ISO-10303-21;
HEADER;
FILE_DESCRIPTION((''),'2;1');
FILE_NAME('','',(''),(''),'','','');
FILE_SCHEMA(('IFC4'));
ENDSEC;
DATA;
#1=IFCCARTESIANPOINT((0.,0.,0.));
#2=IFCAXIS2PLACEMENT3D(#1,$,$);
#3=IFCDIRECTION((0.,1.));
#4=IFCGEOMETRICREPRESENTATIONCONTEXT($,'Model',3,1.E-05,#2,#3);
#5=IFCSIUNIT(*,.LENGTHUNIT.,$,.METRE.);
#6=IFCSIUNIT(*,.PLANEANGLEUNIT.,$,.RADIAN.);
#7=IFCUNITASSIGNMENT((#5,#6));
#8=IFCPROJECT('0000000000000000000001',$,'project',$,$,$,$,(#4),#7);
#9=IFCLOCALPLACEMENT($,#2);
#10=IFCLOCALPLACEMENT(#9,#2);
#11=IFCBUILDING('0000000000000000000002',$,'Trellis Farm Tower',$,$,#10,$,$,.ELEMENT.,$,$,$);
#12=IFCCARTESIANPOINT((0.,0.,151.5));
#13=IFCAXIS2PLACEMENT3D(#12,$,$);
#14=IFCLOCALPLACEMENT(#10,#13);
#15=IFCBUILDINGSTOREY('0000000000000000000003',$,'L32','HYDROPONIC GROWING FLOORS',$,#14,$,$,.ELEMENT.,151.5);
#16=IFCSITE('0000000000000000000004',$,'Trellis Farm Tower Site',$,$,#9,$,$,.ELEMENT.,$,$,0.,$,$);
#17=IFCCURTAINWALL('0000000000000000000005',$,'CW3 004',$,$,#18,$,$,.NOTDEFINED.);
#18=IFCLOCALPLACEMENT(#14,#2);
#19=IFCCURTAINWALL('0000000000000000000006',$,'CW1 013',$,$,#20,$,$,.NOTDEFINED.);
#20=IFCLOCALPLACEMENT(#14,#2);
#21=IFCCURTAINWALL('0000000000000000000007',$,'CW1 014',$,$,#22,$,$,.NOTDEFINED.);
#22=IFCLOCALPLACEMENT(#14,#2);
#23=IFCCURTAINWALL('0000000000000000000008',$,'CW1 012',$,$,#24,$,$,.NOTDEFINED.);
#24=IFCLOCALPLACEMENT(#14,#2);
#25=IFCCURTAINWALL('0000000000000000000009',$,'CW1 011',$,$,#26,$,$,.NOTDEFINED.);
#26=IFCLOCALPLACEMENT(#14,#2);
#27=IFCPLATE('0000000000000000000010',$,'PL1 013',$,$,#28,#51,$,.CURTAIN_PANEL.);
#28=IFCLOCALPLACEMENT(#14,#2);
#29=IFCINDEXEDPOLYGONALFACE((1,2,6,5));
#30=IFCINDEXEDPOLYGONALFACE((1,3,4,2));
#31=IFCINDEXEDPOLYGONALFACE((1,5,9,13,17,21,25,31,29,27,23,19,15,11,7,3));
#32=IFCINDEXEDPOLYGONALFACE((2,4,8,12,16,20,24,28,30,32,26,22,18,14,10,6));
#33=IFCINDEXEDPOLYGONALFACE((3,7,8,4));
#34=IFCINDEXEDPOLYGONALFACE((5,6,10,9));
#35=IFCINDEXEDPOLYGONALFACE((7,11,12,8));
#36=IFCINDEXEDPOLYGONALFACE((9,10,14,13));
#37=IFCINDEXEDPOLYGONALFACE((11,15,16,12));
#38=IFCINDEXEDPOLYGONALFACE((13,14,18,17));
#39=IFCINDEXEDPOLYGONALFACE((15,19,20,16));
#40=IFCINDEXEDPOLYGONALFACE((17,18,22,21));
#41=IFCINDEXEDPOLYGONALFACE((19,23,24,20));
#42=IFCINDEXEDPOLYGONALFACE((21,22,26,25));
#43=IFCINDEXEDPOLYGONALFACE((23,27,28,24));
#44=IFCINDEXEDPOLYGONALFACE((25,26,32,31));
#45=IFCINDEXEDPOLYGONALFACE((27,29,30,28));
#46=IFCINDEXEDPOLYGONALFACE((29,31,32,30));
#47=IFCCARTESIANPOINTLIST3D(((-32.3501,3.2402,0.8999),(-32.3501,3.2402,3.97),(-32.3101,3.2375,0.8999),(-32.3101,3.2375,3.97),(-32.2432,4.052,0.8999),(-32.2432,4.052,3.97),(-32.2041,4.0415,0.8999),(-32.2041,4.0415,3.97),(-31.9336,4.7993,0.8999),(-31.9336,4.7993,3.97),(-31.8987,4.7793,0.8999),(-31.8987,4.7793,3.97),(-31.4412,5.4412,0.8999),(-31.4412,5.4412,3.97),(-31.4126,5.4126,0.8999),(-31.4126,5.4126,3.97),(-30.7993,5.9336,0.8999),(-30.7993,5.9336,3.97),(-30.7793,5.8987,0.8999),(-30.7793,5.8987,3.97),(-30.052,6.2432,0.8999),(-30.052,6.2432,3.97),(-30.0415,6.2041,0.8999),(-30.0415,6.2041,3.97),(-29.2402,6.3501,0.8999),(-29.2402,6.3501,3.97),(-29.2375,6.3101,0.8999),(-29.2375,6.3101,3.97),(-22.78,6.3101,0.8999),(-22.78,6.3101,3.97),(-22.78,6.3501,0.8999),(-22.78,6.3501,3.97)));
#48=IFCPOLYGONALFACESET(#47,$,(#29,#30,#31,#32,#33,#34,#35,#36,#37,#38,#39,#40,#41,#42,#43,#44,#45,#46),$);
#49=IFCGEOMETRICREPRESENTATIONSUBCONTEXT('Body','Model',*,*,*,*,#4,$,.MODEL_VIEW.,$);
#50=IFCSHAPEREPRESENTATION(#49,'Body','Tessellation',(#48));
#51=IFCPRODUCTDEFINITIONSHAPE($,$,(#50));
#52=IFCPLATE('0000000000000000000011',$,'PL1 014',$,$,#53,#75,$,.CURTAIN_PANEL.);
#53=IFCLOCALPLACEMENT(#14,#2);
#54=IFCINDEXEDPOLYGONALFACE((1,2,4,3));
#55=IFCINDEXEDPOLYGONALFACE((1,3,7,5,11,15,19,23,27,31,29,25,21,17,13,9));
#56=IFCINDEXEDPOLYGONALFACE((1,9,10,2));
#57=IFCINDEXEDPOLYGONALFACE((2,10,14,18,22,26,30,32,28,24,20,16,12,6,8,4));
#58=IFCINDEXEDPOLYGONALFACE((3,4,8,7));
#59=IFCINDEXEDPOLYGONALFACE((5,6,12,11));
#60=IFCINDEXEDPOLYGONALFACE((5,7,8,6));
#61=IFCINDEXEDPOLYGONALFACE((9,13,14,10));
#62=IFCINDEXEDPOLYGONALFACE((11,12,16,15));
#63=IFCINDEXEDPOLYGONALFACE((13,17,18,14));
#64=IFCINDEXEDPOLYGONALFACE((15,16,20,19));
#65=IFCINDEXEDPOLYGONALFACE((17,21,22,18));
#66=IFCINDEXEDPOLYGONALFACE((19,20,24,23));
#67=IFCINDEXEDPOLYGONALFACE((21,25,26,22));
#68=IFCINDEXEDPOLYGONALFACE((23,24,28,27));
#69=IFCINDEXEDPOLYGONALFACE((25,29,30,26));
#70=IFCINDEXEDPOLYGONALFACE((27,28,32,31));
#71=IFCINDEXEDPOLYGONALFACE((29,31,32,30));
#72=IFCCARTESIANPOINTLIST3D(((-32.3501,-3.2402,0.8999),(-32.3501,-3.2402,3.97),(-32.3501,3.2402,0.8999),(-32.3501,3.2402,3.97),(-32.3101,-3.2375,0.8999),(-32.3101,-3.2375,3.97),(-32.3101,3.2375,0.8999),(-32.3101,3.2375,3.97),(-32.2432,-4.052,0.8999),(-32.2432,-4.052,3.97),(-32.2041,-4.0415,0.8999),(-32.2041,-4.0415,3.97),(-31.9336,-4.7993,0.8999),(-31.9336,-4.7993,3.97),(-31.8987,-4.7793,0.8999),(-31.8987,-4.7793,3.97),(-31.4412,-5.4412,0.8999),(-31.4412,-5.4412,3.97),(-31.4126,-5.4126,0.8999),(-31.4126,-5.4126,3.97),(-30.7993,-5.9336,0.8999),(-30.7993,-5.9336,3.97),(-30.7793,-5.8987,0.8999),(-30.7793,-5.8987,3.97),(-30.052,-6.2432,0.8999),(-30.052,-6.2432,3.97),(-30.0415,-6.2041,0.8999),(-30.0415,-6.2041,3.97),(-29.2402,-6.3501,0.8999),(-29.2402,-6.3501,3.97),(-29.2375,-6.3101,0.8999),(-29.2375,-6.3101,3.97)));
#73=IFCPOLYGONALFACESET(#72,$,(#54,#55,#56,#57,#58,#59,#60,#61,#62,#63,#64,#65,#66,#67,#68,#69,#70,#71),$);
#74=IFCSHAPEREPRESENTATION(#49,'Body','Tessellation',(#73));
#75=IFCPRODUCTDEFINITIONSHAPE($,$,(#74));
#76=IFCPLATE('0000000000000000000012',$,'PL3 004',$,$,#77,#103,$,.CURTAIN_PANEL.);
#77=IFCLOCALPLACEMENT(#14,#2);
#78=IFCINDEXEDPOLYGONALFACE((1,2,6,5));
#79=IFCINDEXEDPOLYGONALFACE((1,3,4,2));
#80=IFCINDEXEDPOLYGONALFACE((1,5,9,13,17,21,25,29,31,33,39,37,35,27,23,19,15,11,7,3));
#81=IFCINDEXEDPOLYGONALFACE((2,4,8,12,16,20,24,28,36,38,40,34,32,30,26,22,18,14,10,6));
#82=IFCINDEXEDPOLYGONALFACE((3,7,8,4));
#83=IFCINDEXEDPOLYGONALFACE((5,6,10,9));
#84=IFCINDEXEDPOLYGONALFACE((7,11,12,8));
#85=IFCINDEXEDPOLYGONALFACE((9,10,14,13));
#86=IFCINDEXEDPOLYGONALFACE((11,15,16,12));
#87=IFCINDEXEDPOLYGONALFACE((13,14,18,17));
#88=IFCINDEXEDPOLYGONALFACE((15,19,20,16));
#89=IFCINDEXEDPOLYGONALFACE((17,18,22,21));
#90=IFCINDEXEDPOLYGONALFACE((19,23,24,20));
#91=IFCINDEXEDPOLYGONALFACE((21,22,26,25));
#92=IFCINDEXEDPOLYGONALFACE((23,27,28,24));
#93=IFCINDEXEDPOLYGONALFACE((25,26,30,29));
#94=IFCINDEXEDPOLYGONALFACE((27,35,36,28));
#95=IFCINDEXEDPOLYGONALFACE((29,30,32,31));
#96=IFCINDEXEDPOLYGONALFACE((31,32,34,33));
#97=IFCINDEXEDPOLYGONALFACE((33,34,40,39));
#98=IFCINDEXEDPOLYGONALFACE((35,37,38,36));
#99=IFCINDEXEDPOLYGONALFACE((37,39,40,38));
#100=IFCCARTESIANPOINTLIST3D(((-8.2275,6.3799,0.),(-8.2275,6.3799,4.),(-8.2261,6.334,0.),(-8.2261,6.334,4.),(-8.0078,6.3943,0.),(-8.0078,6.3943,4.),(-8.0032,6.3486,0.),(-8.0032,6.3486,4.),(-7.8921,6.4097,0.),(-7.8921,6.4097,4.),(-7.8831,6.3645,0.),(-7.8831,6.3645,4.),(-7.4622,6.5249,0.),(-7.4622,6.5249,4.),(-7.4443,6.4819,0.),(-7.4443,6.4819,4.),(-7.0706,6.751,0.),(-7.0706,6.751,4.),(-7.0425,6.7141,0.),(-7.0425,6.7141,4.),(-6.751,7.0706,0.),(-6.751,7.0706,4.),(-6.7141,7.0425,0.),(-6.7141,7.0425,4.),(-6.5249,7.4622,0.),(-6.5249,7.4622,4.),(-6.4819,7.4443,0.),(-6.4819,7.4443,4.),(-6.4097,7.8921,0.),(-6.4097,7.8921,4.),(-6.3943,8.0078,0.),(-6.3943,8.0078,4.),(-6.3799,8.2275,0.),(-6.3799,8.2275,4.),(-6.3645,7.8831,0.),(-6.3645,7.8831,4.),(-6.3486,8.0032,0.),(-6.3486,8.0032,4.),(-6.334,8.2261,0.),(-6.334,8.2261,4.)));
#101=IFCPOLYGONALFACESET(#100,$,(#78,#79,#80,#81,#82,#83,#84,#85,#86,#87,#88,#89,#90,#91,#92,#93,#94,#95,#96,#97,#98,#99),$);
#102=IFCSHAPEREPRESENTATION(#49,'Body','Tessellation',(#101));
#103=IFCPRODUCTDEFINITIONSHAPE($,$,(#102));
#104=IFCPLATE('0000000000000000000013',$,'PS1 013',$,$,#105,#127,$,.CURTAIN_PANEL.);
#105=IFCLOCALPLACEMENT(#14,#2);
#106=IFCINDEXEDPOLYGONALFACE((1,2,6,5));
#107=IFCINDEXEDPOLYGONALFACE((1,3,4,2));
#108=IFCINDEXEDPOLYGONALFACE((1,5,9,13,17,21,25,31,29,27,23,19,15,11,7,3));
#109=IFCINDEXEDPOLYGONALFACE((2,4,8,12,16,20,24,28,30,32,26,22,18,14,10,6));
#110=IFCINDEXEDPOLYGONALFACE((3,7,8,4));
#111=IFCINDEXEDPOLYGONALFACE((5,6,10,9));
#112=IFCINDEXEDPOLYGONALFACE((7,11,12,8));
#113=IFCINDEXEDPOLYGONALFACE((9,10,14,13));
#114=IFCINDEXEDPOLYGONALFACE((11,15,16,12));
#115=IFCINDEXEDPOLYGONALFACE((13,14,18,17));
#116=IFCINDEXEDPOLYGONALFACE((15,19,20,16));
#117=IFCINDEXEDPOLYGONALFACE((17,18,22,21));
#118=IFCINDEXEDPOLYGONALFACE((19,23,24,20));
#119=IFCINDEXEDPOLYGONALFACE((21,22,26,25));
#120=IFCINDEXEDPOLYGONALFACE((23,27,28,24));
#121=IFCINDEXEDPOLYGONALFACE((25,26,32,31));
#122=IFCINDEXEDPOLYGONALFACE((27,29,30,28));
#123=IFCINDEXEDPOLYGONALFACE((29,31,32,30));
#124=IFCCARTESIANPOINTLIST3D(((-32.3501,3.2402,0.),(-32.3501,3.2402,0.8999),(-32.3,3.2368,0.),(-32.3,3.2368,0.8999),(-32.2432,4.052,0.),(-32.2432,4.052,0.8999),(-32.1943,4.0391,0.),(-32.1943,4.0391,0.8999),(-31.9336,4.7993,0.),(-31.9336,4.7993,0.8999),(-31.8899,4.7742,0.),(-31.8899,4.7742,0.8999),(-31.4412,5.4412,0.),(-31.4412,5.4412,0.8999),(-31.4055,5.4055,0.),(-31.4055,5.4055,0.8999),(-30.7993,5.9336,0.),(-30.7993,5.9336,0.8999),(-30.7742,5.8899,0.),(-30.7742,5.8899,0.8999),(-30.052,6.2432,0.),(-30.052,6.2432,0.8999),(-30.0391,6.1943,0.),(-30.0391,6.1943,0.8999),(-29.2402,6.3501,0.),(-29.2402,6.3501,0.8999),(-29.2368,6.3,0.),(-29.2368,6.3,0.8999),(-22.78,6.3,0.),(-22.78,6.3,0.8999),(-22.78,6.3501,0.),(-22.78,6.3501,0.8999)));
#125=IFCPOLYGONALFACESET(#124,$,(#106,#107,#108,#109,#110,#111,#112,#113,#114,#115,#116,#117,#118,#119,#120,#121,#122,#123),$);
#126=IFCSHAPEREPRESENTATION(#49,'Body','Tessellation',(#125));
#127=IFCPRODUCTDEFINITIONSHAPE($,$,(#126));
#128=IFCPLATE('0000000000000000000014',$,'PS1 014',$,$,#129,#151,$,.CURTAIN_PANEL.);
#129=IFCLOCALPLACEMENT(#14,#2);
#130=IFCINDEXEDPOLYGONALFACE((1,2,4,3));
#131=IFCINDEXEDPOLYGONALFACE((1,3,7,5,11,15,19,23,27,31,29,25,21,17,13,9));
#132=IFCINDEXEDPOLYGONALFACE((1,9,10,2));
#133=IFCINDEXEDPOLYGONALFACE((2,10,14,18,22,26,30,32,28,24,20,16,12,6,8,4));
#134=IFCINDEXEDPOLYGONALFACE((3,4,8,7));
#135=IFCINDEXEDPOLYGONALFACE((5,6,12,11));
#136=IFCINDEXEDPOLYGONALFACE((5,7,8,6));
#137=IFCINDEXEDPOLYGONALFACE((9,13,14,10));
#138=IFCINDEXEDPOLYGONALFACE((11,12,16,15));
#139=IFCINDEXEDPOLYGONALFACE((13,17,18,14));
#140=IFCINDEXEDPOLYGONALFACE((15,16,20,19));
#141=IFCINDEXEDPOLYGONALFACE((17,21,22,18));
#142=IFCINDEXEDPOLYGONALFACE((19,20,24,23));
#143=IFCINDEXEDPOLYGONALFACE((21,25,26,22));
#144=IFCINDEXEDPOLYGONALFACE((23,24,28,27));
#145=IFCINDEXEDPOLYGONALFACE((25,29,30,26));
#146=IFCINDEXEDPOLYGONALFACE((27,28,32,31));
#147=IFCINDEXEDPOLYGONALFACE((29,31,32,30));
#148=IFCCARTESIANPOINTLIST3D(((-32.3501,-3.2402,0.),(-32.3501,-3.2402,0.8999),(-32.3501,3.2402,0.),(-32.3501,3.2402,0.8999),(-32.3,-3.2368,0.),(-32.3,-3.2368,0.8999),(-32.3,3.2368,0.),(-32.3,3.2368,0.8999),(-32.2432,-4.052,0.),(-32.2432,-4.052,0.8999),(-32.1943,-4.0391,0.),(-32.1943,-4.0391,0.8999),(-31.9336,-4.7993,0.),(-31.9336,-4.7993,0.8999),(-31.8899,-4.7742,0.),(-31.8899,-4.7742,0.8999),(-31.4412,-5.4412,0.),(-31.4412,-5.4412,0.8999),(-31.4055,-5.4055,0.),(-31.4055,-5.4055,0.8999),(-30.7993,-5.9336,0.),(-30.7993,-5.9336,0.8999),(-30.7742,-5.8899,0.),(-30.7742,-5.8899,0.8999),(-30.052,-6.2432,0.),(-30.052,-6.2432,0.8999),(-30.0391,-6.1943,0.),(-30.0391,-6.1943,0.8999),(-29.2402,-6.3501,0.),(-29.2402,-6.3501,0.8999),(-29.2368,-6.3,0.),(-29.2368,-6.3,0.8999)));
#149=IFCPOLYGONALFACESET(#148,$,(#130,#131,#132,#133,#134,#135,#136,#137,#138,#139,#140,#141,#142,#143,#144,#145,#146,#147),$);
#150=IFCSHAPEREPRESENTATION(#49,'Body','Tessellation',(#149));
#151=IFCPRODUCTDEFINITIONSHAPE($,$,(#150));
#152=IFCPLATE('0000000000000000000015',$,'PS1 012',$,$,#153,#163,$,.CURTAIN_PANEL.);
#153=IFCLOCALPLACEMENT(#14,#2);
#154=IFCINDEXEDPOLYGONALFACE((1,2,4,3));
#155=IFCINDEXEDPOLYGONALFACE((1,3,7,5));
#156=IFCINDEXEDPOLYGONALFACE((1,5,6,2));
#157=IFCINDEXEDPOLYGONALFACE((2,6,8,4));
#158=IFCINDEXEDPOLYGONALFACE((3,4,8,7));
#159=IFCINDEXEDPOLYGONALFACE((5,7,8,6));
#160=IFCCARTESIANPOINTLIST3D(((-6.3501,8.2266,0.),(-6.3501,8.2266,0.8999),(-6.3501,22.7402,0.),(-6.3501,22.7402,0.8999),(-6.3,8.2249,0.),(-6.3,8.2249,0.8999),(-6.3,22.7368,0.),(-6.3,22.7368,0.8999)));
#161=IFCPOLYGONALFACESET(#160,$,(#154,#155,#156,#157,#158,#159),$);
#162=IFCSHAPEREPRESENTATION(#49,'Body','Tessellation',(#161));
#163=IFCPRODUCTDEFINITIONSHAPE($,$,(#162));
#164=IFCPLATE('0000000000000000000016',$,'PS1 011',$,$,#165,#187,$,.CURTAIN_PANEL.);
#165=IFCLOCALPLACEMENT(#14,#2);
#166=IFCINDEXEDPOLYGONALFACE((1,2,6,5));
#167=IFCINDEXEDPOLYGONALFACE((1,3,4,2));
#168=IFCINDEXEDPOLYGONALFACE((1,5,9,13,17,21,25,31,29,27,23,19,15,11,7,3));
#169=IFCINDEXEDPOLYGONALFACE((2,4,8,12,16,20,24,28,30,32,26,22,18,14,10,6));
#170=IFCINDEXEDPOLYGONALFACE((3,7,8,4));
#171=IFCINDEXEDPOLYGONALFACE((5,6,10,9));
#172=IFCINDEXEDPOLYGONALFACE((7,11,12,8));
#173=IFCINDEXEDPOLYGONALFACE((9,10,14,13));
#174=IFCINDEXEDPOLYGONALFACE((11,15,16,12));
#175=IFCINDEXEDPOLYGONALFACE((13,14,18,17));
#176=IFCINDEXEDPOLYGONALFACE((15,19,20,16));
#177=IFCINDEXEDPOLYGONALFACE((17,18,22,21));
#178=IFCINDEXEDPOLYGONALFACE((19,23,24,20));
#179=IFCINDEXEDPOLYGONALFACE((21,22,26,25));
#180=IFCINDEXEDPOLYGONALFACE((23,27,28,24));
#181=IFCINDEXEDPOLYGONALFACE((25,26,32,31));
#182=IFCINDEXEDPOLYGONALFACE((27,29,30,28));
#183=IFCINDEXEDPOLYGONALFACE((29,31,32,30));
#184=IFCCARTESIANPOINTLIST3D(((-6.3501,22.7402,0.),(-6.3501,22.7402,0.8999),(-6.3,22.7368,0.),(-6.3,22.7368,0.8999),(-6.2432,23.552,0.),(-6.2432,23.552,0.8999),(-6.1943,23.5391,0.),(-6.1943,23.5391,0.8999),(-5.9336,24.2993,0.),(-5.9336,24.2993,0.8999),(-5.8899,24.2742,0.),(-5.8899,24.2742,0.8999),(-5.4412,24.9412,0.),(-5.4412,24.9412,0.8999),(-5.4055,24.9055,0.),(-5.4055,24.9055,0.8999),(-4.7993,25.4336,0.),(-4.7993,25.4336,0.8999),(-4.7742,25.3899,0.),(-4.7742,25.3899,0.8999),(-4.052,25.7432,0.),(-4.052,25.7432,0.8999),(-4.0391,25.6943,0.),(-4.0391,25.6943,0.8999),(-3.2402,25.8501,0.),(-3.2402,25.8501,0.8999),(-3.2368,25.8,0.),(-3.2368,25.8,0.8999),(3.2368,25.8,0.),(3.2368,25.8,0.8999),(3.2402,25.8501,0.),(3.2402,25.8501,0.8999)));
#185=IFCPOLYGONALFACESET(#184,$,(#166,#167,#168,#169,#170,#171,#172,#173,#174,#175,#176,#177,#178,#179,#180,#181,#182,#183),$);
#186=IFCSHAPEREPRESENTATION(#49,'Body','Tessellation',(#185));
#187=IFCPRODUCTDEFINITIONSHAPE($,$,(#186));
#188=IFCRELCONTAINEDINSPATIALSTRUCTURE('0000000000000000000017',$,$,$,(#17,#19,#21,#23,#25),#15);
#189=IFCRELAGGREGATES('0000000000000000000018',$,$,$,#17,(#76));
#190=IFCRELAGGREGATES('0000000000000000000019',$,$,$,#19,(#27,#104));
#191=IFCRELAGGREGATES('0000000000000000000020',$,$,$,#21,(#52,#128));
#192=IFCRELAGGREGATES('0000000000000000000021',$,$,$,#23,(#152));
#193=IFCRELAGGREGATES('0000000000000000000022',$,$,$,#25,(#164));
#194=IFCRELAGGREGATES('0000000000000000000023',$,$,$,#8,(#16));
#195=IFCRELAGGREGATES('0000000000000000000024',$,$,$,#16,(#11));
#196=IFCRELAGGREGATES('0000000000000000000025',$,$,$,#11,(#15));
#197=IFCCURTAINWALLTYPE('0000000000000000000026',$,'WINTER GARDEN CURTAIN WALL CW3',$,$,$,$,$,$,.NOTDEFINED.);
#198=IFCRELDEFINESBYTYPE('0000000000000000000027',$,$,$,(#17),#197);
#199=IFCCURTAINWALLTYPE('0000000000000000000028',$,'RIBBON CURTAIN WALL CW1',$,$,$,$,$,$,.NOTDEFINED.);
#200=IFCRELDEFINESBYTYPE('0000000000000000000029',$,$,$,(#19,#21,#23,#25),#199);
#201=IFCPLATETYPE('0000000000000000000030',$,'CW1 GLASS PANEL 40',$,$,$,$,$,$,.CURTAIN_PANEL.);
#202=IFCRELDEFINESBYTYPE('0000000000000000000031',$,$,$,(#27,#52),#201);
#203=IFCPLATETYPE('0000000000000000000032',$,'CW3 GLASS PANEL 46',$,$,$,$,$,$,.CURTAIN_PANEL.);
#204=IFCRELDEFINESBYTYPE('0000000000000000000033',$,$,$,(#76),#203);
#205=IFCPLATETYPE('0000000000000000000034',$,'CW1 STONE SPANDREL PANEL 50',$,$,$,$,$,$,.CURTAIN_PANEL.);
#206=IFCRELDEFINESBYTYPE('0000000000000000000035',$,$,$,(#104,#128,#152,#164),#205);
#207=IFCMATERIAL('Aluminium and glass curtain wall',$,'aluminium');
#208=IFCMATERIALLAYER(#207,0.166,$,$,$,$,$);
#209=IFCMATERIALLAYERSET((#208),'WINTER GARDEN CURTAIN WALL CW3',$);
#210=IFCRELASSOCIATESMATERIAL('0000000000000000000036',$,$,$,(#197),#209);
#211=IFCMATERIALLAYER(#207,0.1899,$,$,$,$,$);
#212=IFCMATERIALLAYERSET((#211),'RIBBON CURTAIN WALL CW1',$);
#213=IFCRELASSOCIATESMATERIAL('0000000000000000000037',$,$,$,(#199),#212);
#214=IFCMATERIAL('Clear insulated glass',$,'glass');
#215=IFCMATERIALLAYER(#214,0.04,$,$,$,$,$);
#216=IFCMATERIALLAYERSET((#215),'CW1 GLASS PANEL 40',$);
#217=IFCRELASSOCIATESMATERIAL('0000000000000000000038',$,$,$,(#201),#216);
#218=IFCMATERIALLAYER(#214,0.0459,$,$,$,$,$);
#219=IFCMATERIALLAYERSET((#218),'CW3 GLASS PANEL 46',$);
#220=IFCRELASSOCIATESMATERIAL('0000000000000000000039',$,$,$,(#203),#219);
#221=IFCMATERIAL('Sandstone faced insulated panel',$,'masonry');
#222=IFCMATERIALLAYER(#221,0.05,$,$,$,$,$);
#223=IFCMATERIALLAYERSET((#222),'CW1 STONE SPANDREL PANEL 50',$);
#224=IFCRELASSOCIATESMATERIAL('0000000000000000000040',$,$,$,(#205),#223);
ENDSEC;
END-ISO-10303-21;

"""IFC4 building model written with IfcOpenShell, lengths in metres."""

from ifc_helpers import new_model, si_unit, direction, frame, origin, place, context, subcontext, project, spatial, polyline, outline, extrude, source, transform, mapped, material, layer, layer_set, type_object, element, aggregate, save


model = new_model("IFC4")

# Units and contexts
model_context = context("Model", 3, precision=1e-05, world=origin(), true_north=direction((0.0, 1.0)))
body_context = subcontext(model_context, "Body", "Model", "MODEL_VIEW")
ifc_project = project(units=[si_unit("LENGTHUNIT", "METRE"), si_unit("PLANEANGLEUNIT", "RADIAN")], contexts=[model_context])

# Site, building, storey
site_placement = place(None, origin())
site = spatial("IfcSite", under=ifc_project, at=site_placement, Name="Trellis Farm Tower Site", CompositionType="ELEMENT", RefElevation=0.0)
building_placement = place(site_placement, origin())
building = spatial("IfcBuilding", under=site, at=building_placement, Name="Trellis Farm Tower", CompositionType="ELEMENT")
storey_placement = place(building_placement, frame((0.0, 0.0, 151.5)))
storey = spatial("IfcBuildingStorey", under=building, at=storey_placement, Name="L32", Description="HYDROPONIC GROWING FLOORS", CompositionType="ELEMENT", Elevation=151.5)

# Curtain walls
ifc_material_1 = material(Name="Aluminium and glass curtain wall", Category="aluminium")
ifc_layer_1 = layer(ifc_material_1, 0.166)
ifc_layer_set_1 = layer_set([ifc_layer_1], Name="WINTER GARDEN CURTAIN WALL CW3")
curtain_wall_type_1 = type_object("IfcCurtainWallType", Name="WINTER GARDEN CURTAIN WALL CW3", PredefinedType="NOTDEFINED", material=ifc_layer_set_1)
placement_1 = place(storey_placement, origin())
curtain_wall_1 = element("IfcCurtainWall", 1, at=placement_1, inside=storey, type_object=curtain_wall_type_1, Name="CW3 004", PredefinedType="NOTDEFINED")
ifc_layer_2 = layer(ifc_material_1, 0.1899)
ifc_layer_set_2 = layer_set([ifc_layer_2], Name="RIBBON CURTAIN WALL CW1")
curtain_wall_type_2 = type_object("IfcCurtainWallType", Name="RIBBON CURTAIN WALL CW1", PredefinedType="NOTDEFINED", material=ifc_layer_set_2)
curtain_wall_2 = element("IfcCurtainWall", 2, at=placement_1, inside=storey, type_object=curtain_wall_type_2, Name="CW1 013", PredefinedType="NOTDEFINED")
curtain_wall_3 = element("IfcCurtainWall", 3, at=placement_1, inside=storey, type_object=curtain_wall_type_2, Name="CW1 014", PredefinedType="NOTDEFINED")
curtain_wall_4 = element("IfcCurtainWall", 4, at=placement_1, inside=storey, type_object=curtain_wall_type_2, Name="CW1 012", PredefinedType="NOTDEFINED")

# Curtain wall
curtain_wall_5 = element("IfcCurtainWall", 5, at=placement_1, inside=storey, type_object=curtain_wall_type_2, Name="CW1 011", PredefinedType="NOTDEFINED")
ifc_material_2 = material(Name="Clear insulated glass", Category="glass")
ifc_layer_3 = layer(ifc_material_2, 0.04)
ifc_layer_set_3 = layer_set([ifc_layer_3], Name="CW1 GLASS PANEL 40")
plate_type_1 = type_object("IfcPlateType", Name="CW1 GLASS PANEL 40", PredefinedType="CURTAIN_PANEL", material=ifc_layer_set_3)
placement_2 = place(storey_placement, frame((0.0, 0.0, 0.8999)))

# Plates
plate_1 = element("IfcPlate", 6, at=placement_2, type_object=plate_type_1, Name="PL1 013", PredefinedType="CURTAIN_PANEL", context=body_context, shape_type="SweptSolid", body=[
    extrude(outline(polyline([(-22.78, 6.3501), (-29.2402, 6.3501), (-30.052, 6.2432), (-30.7993, 5.9336), (-31.4412, 5.4412), (-31.9336, 4.7993), (-32.2432, 4.052), (-32.3501, 3.2402), (-32.3101, 3.2375), (-32.2041, 4.0415), (-31.8987, 4.7793), (-31.4126, 5.4126), (-30.7793, 5.8987), (-30.0415, 6.2041), (-29.2375, 6.3101), (-22.78, 6.3101), (-22.78, 6.3501)])), origin(), (0.0, 0.0, 1.0), 3.0701),
])
plate_2 = element("IfcPlate", 7, at=placement_2, type_object=plate_type_1, Name="PL1 014", PredefinedType="CURTAIN_PANEL", context=body_context, shape_type="SweptSolid", body=[
    extrude(outline(polyline([(-32.3501, 3.2402), (-32.3501, -3.2402), (-32.2432, -4.052), (-31.9336, -4.7993), (-31.4412, -5.4412), (-30.7993, -5.9336), (-30.052, -6.2432), (-29.2402, -6.3501), (-29.2375, -6.3101), (-30.0415, -6.2041), (-30.7793, -5.8987), (-31.4126, -5.4126), (-31.8987, -4.7793), (-32.2041, -4.0415), (-32.3101, -3.2375), (-32.3101, 3.2375), (-32.3501, 3.2402)])), origin(), (0.0, 0.0, 1.0), 3.0701),
])
ifc_layer_4 = layer(ifc_material_2, 0.0459)
ifc_layer_set_4 = layer_set([ifc_layer_4], Name="CW3 GLASS PANEL 46")
plate_type_2 = type_object("IfcPlateType", Name="CW3 GLASS PANEL 46", PredefinedType="CURTAIN_PANEL", material=ifc_layer_set_4)
plate_3 = element("IfcPlate", 8, at=placement_1, type_object=plate_type_2, Name="PL3 004", PredefinedType="CURTAIN_PANEL", context=body_context, shape_type="SweptSolid", body=[
    extrude(outline(polyline([(-6.3799, 8.2275), (-6.3943, 8.0078), (-6.4097, 7.8921), (-6.5249, 7.4622), (-6.751, 7.0706), (-7.0706, 6.751), (-7.4622, 6.5249), (-7.8921, 6.4097), (-8.0078, 6.3943), (-8.2275, 6.3799), (-8.2261, 6.334), (-8.0032, 6.3486), (-7.8831, 6.3645), (-7.4443, 6.4819), (-7.0425, 6.7141), (-6.7141, 7.0425), (-6.4819, 7.4443), (-6.3645, 7.8831), (-6.3486, 8.0032), (-6.334, 8.2261), (-6.3799, 8.2275)])), origin(), (0.0, 0.0, 1.0), 4.0),
])
aggregate(curtain_wall_1, [plate_3])
ifc_material_3 = material(Name="Sandstone faced insulated panel", Category="masonry")
ifc_layer_5 = layer(ifc_material_3, 0.05)
ifc_layer_set_5 = layer_set([ifc_layer_5], Name="CW1 STONE SPANDREL PANEL 50")
plate_type_3 = type_object("IfcPlateType", Name="CW1 STONE SPANDREL PANEL 50", PredefinedType="CURTAIN_PANEL", material=ifc_layer_set_5)
shared_shape_1 = source(origin(), body_context, "Body", "SweptSolid", [
    extrude(outline(polyline([(-22.78, 6.3501), (-29.2402, 6.3501), (-30.052, 6.2432), (-30.7993, 5.9336), (-31.4412, 5.4412), (-31.9336, 4.7993), (-32.2432, 4.052), (-32.3501, 3.2402), (-32.3, 3.2368), (-32.1943, 4.0391), (-31.8899, 4.7742), (-31.4055, 5.4055), (-30.7742, 5.8899), (-30.0391, 6.1943), (-29.2368, 6.3), (-22.78, 6.3), (-22.78, 6.3501)])), origin(), (0.0, 0.0, 1.0), 0.8999),
])
plate_4 = element("IfcPlate", 9, at=placement_1, type_object=plate_type_3, Name="PS1 013", PredefinedType="CURTAIN_PANEL", context=body_context, shape_type="MappedRepresentation", body=[
    mapped(shared_shape_1, transform((0.0, 0.0, 0.0))),
])
aggregate(curtain_wall_2, [plate_1, plate_4])
shared_shape_2 = source(origin(), body_context, "Body", "SweptSolid", [
    extrude(outline(polyline([(-32.3501, 3.2402), (-32.3501, -3.2402), (-32.2432, -4.052), (-31.9336, -4.7993), (-31.4412, -5.4412), (-30.7993, -5.9336), (-30.052, -6.2432), (-29.2402, -6.3501), (-29.2368, -6.3), (-30.0391, -6.1943), (-30.7742, -5.8899), (-31.4055, -5.4055), (-31.8899, -4.7742), (-32.1943, -4.0391), (-32.3, -3.2368), (-32.3, 3.2368), (-32.3501, 3.2402)])), origin(), (0.0, 0.0, 1.0), 0.8999),
])
plate_5 = element("IfcPlate", 10, at=placement_1, type_object=plate_type_3, Name="PS1 014", PredefinedType="CURTAIN_PANEL", context=body_context, shape_type="MappedRepresentation", body=[
    mapped(shared_shape_2, transform((0.0, 0.0, 0.0))),
])
aggregate(curtain_wall_3, [plate_2, plate_5])
shared_shape_3 = source(origin(), body_context, "Body", "SweptSolid", [
    extrude(outline(polyline([(-6.3501, 22.7402), (-6.3501, 8.2266), (-6.3, 8.2249), (-6.3, 22.7368), (-6.3501, 22.7402)])), origin(), (0.0, 0.0, 1.0), 0.8999),
])
plate_6 = element("IfcPlate", 11, at=placement_1, type_object=plate_type_3, Name="PS1 012", PredefinedType="CURTAIN_PANEL", context=body_context, shape_type="MappedRepresentation", body=[
    mapped(shared_shape_3, transform((0.0, 0.0, 0.0))),
])
aggregate(curtain_wall_4, [plate_6])
shared_shape_4 = source(origin(), body_context, "Body", "SweptSolid", [
    extrude(outline(polyline([(3.2402, 25.8501), (-3.2402, 25.8501), (-4.052, 25.7432), (-4.7993, 25.4336), (-5.4412, 24.9412), (-5.9336, 24.2993), (-6.2432, 23.552), (-6.3501, 22.7402), (-6.3, 22.7368), (-6.1943, 23.5391), (-5.8899, 24.2742), (-5.4055, 24.9055), (-4.7742, 25.3899), (-4.0391, 25.6943), (-3.2368, 25.8), (3.2368, 25.8), (3.2402, 25.8501)])), origin(), (0.0, 0.0, 1.0), 0.8999),
])
plate_7 = element("IfcPlate", 12, at=placement_1, type_object=plate_type_3, Name="PS1 011", PredefinedType="CURTAIN_PANEL", context=body_context, shape_type="MappedRepresentation", body=[
    mapped(shared_shape_4, transform((0.0, 0.0, 0.0))),
])
aggregate(curtain_wall_5, [plate_7])

save(model, "model.ifc")
